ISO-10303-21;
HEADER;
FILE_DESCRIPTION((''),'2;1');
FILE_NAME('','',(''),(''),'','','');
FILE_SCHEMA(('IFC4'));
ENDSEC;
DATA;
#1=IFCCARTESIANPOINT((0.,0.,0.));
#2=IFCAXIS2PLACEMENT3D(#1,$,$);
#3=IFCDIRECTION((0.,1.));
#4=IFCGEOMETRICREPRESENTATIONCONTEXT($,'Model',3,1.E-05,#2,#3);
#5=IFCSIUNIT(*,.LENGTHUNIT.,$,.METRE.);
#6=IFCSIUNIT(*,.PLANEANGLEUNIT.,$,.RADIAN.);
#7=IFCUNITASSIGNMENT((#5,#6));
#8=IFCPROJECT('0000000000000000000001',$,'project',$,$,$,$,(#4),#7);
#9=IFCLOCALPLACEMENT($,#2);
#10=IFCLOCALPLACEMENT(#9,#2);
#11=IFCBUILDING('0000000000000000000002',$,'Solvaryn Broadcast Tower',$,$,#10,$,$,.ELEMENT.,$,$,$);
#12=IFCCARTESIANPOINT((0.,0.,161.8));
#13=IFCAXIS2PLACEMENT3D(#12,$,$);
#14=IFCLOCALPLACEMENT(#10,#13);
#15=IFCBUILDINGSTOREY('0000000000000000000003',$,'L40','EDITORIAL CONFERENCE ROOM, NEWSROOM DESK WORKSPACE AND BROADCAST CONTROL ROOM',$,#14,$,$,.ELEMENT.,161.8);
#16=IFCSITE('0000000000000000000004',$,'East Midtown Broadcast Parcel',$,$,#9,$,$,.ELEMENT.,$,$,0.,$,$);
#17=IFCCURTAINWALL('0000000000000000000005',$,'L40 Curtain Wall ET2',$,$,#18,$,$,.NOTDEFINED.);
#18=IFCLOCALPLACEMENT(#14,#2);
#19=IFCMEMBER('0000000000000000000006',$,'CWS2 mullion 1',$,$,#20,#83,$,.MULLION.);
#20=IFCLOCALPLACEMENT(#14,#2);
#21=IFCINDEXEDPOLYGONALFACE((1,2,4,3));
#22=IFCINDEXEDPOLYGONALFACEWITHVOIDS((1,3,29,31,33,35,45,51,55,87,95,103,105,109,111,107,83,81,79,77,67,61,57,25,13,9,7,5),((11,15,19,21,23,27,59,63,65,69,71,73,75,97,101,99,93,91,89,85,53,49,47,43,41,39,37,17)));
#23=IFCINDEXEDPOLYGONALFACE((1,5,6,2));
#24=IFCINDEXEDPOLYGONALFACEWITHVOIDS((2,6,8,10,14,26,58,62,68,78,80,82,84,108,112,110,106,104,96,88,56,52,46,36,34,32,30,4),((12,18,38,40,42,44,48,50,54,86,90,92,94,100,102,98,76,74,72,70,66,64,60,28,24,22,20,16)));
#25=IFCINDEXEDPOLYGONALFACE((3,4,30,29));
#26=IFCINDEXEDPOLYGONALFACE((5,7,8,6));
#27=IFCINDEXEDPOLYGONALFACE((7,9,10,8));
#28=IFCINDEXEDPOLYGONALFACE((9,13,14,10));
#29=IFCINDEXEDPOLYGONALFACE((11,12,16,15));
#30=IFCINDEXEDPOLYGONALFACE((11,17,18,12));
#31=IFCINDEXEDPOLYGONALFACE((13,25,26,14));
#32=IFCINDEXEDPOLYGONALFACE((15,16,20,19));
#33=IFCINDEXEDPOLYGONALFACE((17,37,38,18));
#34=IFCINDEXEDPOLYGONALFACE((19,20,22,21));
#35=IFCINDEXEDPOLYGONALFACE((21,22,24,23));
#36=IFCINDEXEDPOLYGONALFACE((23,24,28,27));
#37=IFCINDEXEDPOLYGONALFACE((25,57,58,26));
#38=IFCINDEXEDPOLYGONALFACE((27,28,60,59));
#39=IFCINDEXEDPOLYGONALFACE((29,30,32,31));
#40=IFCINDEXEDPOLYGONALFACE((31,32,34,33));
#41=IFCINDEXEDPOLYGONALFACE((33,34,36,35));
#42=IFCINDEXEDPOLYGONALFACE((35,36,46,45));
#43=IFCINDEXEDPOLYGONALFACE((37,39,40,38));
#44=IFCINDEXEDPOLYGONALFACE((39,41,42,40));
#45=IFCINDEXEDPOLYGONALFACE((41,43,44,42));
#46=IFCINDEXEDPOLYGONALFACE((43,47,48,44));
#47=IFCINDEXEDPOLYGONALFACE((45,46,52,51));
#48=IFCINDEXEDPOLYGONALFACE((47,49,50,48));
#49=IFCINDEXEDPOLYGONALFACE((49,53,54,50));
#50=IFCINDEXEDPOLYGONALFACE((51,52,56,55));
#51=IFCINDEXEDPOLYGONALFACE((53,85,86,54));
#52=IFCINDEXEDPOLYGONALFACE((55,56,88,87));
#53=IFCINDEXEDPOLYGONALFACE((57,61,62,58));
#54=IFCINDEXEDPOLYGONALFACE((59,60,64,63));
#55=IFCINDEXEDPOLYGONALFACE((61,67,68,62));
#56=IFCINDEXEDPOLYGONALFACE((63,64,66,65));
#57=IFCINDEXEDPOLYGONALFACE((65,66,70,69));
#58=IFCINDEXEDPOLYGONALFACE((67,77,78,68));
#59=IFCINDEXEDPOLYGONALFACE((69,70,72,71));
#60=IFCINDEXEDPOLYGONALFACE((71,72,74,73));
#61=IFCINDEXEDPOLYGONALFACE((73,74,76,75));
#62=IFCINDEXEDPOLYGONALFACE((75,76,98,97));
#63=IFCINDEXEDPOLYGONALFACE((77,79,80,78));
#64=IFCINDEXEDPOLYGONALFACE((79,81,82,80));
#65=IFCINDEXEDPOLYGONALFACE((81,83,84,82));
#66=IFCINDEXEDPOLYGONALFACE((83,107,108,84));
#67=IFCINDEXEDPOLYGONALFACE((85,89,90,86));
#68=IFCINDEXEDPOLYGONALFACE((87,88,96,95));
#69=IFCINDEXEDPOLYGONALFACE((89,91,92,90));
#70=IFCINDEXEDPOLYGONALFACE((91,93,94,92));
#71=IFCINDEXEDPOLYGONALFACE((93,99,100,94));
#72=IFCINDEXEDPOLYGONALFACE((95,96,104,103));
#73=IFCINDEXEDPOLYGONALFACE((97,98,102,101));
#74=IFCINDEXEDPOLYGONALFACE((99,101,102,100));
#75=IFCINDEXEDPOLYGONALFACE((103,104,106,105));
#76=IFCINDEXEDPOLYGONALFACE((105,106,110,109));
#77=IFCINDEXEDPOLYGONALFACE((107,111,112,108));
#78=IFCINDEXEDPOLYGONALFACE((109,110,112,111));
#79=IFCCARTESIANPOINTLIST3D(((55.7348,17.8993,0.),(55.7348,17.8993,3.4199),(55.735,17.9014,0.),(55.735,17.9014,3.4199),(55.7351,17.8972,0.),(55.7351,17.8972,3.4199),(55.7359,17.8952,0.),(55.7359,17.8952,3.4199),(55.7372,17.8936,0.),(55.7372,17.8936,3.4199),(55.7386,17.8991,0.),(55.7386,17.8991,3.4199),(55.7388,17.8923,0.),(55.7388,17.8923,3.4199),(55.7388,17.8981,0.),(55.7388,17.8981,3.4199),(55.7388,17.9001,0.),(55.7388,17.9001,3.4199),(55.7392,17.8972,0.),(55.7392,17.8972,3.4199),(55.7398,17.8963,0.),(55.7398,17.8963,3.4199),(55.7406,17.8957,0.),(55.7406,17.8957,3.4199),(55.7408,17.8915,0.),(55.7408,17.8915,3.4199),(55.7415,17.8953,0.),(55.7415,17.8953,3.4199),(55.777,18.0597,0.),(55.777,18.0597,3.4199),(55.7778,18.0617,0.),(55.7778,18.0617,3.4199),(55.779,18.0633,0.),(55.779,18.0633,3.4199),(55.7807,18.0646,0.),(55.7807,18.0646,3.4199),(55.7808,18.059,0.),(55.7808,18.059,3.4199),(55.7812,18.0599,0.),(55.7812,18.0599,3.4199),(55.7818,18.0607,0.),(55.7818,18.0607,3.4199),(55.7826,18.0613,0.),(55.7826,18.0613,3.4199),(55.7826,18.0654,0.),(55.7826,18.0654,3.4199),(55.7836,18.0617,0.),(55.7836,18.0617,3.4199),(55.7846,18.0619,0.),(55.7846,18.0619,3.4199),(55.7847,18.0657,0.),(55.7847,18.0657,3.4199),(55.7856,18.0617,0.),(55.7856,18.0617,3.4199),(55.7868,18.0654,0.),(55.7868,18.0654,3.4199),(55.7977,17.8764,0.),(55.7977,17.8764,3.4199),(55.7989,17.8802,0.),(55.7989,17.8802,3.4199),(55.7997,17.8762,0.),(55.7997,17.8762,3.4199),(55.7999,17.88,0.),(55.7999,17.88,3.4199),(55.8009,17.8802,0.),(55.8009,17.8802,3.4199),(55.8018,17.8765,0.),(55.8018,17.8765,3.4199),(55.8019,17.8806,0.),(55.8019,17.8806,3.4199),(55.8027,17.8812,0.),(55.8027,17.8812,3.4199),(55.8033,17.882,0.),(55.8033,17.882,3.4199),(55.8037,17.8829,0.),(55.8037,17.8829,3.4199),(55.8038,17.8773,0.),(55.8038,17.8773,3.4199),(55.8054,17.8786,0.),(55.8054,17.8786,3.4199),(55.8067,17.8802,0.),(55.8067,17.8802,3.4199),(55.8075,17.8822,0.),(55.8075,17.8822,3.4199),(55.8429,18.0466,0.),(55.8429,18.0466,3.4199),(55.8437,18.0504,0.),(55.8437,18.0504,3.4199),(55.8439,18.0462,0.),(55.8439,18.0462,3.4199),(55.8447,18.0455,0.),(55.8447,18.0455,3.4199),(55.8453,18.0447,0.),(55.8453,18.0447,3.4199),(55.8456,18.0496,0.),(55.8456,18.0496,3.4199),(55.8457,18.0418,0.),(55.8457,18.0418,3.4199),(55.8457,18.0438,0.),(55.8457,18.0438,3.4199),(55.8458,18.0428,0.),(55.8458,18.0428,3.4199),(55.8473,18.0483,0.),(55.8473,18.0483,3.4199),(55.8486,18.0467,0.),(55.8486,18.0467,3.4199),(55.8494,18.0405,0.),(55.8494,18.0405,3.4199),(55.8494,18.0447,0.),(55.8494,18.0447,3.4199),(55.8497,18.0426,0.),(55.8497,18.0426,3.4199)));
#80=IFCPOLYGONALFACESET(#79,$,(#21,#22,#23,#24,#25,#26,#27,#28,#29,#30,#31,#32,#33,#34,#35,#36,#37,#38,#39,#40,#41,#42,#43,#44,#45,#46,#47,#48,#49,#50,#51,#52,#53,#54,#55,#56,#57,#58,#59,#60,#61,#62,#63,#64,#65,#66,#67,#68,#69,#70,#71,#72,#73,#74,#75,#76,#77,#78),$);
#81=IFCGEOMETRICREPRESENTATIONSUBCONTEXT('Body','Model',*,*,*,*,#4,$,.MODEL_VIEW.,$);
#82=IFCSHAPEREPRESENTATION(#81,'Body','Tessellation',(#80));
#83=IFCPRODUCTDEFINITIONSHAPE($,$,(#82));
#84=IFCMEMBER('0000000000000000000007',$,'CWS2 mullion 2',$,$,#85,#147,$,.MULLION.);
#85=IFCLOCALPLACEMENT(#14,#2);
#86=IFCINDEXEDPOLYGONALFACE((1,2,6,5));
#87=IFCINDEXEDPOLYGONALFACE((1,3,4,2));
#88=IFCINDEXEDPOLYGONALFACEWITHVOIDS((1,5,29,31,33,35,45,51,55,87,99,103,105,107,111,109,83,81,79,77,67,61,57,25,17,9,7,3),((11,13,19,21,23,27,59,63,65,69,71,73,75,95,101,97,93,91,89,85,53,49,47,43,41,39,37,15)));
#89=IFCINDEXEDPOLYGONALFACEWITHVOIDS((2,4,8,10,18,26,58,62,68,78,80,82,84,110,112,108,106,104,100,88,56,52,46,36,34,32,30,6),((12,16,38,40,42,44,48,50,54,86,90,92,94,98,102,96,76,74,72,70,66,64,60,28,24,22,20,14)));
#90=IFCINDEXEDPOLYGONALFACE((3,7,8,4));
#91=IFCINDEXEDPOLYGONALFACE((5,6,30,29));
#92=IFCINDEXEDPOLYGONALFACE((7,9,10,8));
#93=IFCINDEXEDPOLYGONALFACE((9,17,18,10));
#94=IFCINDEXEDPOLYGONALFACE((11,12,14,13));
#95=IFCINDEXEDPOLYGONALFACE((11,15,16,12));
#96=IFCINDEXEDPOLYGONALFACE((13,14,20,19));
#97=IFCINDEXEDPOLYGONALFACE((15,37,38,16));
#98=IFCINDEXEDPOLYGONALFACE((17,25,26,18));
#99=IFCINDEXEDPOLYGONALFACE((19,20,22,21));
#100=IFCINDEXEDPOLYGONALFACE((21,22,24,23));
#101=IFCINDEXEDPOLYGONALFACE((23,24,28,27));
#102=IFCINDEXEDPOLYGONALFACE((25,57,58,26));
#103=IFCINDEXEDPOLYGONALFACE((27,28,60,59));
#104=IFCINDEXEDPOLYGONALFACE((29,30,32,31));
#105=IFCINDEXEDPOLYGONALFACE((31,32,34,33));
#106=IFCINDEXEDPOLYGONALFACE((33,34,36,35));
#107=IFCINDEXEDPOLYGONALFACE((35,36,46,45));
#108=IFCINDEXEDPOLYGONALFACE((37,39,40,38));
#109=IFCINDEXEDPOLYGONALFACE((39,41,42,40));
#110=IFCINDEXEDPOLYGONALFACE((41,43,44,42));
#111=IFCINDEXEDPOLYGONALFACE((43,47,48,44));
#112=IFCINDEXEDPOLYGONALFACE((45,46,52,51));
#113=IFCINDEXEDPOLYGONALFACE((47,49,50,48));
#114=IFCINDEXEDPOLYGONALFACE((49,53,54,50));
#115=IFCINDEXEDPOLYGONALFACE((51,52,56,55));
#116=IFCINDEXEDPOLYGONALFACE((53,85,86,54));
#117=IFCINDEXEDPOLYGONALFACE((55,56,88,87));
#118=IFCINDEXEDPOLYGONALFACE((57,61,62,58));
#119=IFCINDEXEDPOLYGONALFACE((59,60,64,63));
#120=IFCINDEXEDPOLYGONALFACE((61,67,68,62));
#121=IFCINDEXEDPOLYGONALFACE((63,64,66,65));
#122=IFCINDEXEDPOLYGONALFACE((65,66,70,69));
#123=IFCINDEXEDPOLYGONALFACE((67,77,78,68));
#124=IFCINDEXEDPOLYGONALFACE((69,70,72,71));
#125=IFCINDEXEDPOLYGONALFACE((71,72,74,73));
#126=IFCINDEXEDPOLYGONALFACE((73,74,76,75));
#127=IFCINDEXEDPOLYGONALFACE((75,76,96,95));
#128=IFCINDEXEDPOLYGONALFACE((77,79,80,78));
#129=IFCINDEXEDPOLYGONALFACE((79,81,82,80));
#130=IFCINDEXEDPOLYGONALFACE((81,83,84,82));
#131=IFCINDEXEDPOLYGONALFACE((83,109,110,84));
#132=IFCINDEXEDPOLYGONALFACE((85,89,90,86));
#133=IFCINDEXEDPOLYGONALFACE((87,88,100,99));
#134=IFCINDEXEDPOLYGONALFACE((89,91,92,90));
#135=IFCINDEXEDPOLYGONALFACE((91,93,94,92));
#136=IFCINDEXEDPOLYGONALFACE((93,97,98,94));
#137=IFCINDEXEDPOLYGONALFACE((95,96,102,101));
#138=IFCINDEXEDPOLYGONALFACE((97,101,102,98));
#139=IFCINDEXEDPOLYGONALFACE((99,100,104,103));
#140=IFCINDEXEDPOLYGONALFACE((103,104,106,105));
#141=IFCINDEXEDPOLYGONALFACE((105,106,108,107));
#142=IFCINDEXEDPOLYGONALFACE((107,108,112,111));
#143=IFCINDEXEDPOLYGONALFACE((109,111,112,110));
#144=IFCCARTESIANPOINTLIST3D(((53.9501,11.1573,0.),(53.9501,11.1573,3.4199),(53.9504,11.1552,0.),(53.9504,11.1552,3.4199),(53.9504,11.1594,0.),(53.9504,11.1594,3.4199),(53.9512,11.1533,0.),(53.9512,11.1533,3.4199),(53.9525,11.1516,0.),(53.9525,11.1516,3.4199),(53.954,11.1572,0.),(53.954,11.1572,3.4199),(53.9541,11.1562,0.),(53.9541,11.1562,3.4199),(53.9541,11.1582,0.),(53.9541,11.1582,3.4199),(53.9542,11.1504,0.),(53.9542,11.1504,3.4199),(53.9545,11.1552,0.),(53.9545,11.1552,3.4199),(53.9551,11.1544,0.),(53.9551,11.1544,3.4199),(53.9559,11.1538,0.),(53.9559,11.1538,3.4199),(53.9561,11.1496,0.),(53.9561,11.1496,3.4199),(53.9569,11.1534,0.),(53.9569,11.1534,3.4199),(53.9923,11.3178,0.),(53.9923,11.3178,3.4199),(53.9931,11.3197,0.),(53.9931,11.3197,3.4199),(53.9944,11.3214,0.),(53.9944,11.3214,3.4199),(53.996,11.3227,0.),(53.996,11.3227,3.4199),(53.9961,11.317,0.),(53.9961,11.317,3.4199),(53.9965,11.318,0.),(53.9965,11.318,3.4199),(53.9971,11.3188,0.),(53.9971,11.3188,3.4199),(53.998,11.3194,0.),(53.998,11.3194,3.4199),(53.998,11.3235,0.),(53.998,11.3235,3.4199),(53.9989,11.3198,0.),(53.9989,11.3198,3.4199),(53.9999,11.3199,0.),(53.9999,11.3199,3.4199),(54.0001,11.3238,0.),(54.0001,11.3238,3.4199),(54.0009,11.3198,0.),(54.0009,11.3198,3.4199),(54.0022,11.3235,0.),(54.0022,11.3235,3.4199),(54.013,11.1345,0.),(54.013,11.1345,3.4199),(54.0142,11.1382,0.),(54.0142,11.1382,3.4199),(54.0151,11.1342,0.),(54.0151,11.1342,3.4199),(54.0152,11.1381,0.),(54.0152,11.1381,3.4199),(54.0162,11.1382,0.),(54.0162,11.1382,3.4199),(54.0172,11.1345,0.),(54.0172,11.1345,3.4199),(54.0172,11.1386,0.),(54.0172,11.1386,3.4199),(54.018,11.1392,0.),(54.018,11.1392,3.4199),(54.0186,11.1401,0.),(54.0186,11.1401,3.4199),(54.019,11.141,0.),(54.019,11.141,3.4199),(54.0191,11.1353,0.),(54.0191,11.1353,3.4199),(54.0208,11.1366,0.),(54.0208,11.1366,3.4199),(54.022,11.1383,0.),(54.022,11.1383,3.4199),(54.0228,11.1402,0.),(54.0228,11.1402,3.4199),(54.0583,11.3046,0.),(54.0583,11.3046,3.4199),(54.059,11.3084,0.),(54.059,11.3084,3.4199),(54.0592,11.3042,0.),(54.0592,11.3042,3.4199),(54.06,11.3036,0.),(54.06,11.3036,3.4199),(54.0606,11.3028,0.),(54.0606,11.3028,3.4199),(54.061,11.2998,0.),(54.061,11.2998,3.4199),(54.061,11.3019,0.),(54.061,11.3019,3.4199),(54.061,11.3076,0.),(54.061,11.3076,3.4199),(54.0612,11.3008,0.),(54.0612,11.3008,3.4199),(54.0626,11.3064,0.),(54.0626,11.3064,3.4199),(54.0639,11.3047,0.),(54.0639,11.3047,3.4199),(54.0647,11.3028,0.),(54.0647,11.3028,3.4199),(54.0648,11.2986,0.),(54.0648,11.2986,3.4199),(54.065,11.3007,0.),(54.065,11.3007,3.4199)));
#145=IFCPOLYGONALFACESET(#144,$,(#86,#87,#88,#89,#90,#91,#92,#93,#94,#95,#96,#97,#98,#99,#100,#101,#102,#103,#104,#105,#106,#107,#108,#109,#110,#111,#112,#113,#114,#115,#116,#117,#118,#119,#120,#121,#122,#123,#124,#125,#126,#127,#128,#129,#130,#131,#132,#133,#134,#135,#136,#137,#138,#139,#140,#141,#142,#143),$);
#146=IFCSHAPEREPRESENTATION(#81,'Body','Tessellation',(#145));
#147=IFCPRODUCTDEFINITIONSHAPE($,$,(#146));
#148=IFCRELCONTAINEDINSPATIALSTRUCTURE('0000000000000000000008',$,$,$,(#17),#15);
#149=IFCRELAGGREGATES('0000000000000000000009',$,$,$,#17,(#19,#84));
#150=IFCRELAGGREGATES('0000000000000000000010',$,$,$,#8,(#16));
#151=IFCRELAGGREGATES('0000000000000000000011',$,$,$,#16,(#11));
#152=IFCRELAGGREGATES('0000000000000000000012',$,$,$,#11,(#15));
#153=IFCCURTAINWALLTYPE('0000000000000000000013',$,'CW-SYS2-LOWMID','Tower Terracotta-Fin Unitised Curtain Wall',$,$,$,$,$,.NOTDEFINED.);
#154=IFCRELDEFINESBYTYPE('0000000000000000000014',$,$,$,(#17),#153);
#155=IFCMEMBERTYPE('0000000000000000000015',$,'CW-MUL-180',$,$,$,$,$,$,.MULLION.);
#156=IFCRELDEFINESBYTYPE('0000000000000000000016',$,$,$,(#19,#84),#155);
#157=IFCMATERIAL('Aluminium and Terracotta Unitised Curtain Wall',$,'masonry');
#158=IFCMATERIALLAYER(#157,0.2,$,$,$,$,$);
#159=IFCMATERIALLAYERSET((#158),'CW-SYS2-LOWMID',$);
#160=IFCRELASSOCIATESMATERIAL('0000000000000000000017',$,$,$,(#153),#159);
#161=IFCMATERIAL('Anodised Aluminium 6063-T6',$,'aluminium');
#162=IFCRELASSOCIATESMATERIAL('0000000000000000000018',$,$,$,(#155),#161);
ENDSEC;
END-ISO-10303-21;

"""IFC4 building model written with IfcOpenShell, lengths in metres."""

from ifc_helpers import new_model, si_unit, direction, frame, origin, origin_2d, place, context, subcontext, project, spatial, hollow_rectangle, extrude, material, layer, layer_set, material_profile, profile_set, type_object, element, aggregate, save


model = new_model("IFC4")

# Units and contexts
model_context = context("Model", 3, precision=1e-05, world=origin(), true_north=direction((0.0, 1.0)))
body_context = subcontext(model_context, "Body", "Model", "MODEL_VIEW")
ifc_project = project(units=[si_unit("LENGTHUNIT", "METRE"), si_unit("PLANEANGLEUNIT", "RADIAN")], contexts=[model_context])

# Site, building, storey
site_placement = place(None, origin())
site = spatial("IfcSite", under=ifc_project, at=site_placement, Name="East Midtown Broadcast Parcel", CompositionType="ELEMENT", RefElevation=0.0)
building_placement = place(site_placement, origin())
building = spatial("IfcBuilding", under=site, at=building_placement, Name="Solvaryn Broadcast Tower", CompositionType="ELEMENT")
storey_placement = place(building_placement, frame((0.0, 0.0, 161.8)))
storey = spatial("IfcBuildingStorey", under=building, at=storey_placement, Name="L40", Description="EDITORIAL CONFERENCE ROOM, NEWSROOM DESK WORKSPACE AND BROADCAST CONTROL ROOM", CompositionType="ELEMENT", Elevation=161.8)

# Shared definitions
ifc_material_1 = material(Name="Aluminium and Terracotta Unitised Curtain Wall", Category="masonry")
ifc_layer_1 = layer(ifc_material_1, 0.2)
ifc_layer_set_1 = layer_set([ifc_layer_1], Name="CW-SYS2-LOWMID")
curtain_wall_type = type_object("IfcCurtainWallType", Name="CW-SYS2-LOWMID", Description="Tower Terracotta-Fin Unitised Curtain Wall", PredefinedType="NOTDEFINED", material=ifc_layer_set_1)
ifc_material_2 = material(Name="Anodised Aluminium 6063-T6", Category="aluminium")
ifc_material_profile_1 = material_profile(ifc_material_2, hollow_rectangle(XDim=0.075, YDim=0.1799, WallThickness=0.0039, InnerFilletRadius=0.0039, OuterFilletRadius=0.0081, at=origin_2d()))
ifc_profile_set_1 = profile_set([ifc_material_profile_1], Name="Anodised Aluminium 6063-T6")
member_type_1 = type_object("IfcMemberType", Name="CW-MUL-180", PredefinedType="MULLION", material=ifc_profile_set_1)

# Curtain wall, members
curtain_wall_1_placement = place(storey_placement, origin())
curtain_wall_1 = element("IfcCurtainWall", 1, at=curtain_wall_1_placement, inside=storey, type_object=curtain_wall_type, Name="L40 Curtain Wall ET2", PredefinedType="NOTDEFINED")
member_1_placement = place(storey_placement, frame((55.7922, 17.9709, 0.0), z_axis=(0.0, 0.0, 1.0), x_axis=(0.966705, -0.255893, 0.0)))
member_1 = element("IfcMember", 2, at=member_1_placement, type_object=member_type_1, Name="CWS2 mullion 1", PredefinedType="MULLION", context=body_context, shape_type="SweptSolid", body=[
    extrude(hollow_rectangle(XDim=0.075, YDim=0.1799, WallThickness=0.0039, InnerFilletRadius=0.0039, OuterFilletRadius=0.0081, at=origin_2d()), origin(), (0.0, 0.0, 1.0), 3.4199),
])
member_2_placement = place(storey_placement, frame((54.0076, 11.229, 0.0), z_axis=(0.0, 0.0, 1.0), x_axis=(0.966705, -0.255893, 0.0)))
member_2 = element("IfcMember", 3, at=member_2_placement, type_object=member_type_1, Name="CWS2 mullion 2", PredefinedType="MULLION", context=body_context, shape_type="SweptSolid", body=[
    extrude(hollow_rectangle(XDim=0.075, YDim=0.1799, WallThickness=0.0039, InnerFilletRadius=0.0039, OuterFilletRadius=0.0081, at=origin_2d()), origin(), (0.0, 0.0, 1.0), 3.4199),
])

aggregate(curtain_wall_1, [member_1, member_2])

save(model, "model.ifc")
